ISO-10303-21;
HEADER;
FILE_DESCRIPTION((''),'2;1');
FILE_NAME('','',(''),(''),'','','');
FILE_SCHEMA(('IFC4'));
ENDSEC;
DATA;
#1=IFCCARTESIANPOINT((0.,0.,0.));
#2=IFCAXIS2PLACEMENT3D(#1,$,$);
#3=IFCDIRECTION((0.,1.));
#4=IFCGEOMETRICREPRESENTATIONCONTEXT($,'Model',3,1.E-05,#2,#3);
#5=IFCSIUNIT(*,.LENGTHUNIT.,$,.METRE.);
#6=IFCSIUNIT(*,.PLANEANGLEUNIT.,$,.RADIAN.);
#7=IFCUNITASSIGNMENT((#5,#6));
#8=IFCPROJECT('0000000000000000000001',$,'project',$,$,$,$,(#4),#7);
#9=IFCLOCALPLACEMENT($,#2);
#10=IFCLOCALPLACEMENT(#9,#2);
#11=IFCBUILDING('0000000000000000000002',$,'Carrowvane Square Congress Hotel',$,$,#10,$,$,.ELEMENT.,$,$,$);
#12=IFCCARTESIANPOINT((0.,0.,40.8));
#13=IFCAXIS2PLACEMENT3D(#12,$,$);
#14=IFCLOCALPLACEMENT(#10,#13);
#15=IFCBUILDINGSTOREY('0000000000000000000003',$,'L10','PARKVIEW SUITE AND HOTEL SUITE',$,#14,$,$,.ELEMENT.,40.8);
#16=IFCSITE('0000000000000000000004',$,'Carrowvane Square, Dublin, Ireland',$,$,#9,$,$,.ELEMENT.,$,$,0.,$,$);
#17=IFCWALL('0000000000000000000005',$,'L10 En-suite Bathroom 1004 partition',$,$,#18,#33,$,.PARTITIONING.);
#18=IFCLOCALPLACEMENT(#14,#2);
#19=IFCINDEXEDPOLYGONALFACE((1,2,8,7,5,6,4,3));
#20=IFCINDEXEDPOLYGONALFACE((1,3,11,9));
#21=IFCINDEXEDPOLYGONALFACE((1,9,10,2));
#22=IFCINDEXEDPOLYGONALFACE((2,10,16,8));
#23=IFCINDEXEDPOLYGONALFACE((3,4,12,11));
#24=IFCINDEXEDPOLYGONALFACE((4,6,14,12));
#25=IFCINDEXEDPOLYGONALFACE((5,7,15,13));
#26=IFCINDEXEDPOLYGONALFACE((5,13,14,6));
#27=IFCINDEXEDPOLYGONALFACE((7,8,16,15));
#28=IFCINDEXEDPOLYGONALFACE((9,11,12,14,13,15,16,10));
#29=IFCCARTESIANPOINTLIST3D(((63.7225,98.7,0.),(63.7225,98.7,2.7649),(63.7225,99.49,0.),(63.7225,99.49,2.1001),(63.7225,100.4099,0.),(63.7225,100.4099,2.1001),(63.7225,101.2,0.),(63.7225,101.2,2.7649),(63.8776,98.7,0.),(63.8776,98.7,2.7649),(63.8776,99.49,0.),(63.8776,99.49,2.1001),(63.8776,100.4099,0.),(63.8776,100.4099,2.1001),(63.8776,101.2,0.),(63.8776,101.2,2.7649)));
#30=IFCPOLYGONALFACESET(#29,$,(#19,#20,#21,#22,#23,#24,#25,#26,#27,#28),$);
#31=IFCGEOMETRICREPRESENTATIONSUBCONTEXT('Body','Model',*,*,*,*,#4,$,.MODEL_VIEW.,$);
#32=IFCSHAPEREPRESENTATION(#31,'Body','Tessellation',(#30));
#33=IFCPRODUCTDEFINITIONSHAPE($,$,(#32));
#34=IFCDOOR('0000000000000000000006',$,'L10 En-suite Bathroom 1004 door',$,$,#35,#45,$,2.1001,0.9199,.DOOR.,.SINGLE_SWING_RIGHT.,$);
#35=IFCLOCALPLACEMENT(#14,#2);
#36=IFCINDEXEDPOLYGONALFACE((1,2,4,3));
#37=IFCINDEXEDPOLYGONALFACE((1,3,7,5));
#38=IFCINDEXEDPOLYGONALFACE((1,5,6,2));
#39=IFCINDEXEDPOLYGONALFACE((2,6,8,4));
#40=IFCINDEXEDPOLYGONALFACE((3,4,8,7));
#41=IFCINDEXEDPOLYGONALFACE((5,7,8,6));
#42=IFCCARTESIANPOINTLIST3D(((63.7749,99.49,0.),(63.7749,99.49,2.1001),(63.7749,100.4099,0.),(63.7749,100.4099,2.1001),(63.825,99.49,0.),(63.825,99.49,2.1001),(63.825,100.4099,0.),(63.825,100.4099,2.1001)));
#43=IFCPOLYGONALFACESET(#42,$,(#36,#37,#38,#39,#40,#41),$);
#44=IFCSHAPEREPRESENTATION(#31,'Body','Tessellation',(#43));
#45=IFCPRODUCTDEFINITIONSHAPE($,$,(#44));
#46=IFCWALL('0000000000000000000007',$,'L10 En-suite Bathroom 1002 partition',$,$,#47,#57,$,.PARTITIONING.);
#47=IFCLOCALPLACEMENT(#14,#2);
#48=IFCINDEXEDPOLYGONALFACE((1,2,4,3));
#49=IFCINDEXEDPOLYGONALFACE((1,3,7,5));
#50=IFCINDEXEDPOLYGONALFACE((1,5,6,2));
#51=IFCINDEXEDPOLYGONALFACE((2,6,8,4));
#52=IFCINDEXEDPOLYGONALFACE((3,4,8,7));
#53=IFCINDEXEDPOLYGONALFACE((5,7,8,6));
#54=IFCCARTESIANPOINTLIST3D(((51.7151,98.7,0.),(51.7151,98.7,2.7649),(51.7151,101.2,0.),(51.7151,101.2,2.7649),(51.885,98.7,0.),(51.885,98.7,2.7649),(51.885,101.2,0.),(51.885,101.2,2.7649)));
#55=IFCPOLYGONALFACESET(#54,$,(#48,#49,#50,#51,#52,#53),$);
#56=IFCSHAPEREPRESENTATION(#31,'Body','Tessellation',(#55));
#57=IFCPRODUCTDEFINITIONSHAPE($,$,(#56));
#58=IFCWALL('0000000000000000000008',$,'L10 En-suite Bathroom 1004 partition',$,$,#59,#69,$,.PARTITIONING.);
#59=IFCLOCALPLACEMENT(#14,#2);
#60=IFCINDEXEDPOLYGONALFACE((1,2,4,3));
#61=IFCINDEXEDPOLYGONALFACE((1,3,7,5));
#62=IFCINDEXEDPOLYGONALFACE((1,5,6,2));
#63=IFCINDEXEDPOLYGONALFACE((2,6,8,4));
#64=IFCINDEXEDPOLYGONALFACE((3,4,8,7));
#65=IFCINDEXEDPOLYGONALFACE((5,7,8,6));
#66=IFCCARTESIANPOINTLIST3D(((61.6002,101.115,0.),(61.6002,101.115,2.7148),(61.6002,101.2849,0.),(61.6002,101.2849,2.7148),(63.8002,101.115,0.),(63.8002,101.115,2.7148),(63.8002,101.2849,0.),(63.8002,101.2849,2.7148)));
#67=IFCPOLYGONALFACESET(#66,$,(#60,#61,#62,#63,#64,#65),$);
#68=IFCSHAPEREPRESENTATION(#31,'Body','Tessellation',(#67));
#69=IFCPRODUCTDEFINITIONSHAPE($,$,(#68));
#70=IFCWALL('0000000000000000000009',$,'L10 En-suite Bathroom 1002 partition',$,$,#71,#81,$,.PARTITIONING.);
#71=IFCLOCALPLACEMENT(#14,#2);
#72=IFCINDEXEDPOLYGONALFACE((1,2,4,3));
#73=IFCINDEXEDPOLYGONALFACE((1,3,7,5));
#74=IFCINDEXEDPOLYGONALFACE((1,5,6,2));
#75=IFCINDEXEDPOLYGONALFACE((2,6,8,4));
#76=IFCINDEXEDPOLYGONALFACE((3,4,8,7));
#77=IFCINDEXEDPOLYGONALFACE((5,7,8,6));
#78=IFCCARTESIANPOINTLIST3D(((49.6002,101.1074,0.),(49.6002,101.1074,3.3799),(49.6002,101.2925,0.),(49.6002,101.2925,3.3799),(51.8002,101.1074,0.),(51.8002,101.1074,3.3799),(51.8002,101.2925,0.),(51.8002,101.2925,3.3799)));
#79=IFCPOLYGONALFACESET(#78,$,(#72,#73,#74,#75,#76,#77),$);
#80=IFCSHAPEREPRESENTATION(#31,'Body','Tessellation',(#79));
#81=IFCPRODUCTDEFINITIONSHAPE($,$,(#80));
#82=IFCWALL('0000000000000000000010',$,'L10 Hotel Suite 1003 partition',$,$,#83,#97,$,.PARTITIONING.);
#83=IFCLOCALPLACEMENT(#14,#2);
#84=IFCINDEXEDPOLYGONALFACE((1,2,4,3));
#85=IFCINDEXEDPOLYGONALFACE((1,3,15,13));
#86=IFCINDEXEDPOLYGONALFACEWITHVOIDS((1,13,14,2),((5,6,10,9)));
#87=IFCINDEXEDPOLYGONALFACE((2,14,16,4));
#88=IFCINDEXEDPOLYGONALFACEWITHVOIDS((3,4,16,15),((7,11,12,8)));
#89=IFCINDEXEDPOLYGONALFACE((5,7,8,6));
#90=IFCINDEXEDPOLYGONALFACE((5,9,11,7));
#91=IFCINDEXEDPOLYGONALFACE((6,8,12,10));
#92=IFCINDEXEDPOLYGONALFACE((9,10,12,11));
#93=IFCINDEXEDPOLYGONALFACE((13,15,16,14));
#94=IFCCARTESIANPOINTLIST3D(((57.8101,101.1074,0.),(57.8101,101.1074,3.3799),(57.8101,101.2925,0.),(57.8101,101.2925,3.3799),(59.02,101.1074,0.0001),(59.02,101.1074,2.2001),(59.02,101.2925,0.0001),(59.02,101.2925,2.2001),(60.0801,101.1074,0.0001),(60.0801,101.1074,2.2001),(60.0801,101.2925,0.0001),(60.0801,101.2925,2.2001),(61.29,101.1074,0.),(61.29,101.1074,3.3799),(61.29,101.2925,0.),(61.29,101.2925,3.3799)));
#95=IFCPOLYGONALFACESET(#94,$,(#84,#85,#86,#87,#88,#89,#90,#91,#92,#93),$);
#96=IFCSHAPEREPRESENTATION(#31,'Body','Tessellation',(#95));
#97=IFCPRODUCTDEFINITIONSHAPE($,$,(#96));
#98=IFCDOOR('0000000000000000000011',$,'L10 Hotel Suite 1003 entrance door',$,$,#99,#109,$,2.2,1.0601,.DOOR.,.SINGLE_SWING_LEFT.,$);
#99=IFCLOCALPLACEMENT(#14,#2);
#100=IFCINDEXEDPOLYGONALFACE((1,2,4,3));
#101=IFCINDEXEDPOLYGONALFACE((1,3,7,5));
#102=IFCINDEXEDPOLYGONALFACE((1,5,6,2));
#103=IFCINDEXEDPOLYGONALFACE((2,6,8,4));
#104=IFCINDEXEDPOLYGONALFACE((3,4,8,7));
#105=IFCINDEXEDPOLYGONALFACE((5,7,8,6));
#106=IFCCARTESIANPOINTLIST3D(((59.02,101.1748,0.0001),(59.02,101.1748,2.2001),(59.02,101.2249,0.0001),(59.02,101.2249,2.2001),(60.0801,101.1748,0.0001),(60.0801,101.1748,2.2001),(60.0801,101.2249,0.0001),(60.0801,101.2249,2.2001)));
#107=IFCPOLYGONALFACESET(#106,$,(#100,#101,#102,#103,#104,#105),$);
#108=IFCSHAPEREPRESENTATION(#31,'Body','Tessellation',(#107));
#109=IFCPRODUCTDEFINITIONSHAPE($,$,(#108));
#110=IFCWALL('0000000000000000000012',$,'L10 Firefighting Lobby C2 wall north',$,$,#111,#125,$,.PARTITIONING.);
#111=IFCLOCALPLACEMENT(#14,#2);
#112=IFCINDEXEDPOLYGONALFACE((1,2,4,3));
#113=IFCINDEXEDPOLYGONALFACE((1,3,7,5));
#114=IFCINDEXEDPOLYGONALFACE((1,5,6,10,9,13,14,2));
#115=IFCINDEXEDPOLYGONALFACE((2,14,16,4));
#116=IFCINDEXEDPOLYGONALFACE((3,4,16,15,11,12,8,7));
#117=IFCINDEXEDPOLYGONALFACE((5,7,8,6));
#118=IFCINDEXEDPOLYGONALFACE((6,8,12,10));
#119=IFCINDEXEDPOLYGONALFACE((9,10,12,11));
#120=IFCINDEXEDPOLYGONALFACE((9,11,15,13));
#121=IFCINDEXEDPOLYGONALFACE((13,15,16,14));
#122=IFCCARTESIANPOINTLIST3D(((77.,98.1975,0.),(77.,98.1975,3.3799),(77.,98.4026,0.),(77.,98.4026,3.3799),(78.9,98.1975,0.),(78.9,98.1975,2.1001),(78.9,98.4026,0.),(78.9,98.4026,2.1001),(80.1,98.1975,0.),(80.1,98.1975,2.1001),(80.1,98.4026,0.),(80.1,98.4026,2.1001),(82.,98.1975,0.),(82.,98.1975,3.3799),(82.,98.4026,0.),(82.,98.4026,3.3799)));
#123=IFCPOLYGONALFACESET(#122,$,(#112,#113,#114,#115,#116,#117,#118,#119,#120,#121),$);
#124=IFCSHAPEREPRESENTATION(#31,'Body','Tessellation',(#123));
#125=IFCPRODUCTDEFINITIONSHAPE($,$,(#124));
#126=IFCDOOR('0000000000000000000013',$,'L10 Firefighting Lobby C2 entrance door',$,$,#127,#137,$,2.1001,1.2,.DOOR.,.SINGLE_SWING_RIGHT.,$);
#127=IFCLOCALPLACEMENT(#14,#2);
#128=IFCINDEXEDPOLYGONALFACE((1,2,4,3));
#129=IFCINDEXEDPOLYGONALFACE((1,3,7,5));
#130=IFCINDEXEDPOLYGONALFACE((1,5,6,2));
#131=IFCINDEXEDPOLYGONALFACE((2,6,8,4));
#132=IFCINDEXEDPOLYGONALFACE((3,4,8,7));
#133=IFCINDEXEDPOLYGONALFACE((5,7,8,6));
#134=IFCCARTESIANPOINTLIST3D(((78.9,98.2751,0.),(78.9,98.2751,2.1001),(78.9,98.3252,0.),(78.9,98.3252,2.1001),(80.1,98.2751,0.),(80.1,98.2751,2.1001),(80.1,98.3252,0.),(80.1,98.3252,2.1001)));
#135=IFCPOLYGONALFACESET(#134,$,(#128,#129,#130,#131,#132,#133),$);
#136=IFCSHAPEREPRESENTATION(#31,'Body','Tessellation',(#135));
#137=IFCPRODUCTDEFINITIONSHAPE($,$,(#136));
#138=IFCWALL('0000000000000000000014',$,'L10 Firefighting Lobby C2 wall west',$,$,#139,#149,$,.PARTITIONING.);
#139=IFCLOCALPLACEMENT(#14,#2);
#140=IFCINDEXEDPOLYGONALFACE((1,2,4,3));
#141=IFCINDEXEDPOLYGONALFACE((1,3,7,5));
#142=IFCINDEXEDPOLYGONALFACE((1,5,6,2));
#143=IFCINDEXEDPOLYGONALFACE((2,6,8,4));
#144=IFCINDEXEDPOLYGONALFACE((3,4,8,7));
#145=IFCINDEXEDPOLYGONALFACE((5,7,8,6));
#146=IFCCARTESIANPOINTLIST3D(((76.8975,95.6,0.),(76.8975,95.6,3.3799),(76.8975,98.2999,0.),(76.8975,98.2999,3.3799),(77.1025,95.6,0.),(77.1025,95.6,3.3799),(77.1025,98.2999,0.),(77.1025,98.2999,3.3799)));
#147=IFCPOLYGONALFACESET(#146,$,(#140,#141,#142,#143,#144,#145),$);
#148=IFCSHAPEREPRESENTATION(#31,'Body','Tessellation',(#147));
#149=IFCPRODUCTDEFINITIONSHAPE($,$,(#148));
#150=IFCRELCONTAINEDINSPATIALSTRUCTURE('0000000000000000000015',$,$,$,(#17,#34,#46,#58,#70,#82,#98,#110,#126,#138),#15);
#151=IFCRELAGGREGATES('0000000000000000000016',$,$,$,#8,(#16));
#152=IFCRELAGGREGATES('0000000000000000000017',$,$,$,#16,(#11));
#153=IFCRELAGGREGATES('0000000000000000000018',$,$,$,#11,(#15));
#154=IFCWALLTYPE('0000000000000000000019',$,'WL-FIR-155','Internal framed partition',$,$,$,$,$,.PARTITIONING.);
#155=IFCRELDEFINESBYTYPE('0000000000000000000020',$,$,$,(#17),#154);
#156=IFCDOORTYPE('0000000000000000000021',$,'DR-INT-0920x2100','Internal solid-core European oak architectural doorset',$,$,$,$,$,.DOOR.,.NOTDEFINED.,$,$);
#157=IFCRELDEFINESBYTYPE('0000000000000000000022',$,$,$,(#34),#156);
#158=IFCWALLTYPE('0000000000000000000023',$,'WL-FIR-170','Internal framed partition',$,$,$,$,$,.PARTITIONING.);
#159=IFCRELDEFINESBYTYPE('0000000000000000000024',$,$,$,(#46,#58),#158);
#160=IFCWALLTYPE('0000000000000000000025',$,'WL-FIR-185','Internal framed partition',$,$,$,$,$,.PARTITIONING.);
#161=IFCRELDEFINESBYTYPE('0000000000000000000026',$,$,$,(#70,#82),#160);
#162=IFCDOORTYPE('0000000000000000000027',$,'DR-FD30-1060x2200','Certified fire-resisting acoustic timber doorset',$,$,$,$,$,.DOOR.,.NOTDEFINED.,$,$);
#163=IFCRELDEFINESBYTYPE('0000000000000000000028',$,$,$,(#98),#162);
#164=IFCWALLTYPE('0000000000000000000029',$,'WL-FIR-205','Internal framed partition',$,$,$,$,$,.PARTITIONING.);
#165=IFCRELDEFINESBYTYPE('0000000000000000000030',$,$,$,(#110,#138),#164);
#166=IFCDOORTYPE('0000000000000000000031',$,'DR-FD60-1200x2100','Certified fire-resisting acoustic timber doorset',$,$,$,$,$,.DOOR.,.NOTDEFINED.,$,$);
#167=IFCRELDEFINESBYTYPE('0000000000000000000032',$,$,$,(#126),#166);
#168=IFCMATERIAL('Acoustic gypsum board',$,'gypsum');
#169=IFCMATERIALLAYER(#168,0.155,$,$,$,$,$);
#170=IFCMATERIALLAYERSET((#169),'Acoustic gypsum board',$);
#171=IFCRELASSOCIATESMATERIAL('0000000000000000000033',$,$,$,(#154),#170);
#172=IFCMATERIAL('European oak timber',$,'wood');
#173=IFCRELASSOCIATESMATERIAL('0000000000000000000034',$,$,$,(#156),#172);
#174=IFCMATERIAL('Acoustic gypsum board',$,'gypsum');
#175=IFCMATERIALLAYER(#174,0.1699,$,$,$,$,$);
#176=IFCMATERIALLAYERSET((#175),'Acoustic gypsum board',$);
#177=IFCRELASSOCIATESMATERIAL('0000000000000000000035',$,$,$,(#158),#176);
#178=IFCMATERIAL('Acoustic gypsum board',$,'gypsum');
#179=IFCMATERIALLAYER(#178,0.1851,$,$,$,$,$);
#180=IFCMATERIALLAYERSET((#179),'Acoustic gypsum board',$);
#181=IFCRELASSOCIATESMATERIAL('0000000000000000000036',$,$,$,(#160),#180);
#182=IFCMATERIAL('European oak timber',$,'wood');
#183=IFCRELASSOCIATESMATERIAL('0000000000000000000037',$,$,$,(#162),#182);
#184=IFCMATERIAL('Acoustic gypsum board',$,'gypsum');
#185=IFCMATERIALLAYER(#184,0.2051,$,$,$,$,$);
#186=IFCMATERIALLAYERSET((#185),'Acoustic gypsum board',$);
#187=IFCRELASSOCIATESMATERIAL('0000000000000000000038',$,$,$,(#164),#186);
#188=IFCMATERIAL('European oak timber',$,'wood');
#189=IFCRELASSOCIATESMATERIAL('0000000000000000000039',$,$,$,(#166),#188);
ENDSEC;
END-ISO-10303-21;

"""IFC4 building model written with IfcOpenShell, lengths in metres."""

from ifc_helpers import new_model, si_unit, direction, frame, frame_2d, origin, place, context, subcontext, project, spatial, rectangle, extrude, material, layer, layer_set, type_object, element, fill, save


model = new_model("IFC4")

# Units and contexts
model_context = context("Model", 3, precision=1e-05, world=origin(), true_north=direction((0.0, 1.0)))
body_context = subcontext(model_context, "Body", "Model", "MODEL_VIEW")
ifc_project = project(units=[si_unit("LENGTHUNIT", "METRE"), si_unit("PLANEANGLEUNIT", "RADIAN")], contexts=[model_context])

# Site, building, storey
site_placement = place(None, origin())
site = spatial("IfcSite", under=ifc_project, at=site_placement, Name="Carrowvane Square, Dublin, Ireland", CompositionType="ELEMENT", RefElevation=0.0)
building_placement = place(site_placement, origin())
building = spatial("IfcBuilding", under=site, at=building_placement, Name="Carrowvane Square Congress Hotel", CompositionType="ELEMENT")
storey_placement = place(building_placement, frame((0.0, 0.0, 40.8)))
storey = spatial("IfcBuildingStorey", under=building, at=storey_placement, Name="L10", Description="PARKVIEW SUITE AND HOTEL SUITE", CompositionType="ELEMENT", Elevation=40.8)

# Wall, opening, door
ifc_material_1 = material(Name="Acoustic gypsum board", Category="gypsum")
ifc_layer_1 = layer(ifc_material_1, 0.155)
ifc_layer_set_1 = layer_set([ifc_layer_1], Name="Acoustic gypsum board")
wall_type_1 = type_object("IfcWallType", Name="WL-FIR-155", Description="Internal framed partition", PredefinedType="PARTITIONING", material=ifc_layer_set_1)
wall_1_placement = place(storey_placement, frame((63.8, 101.2, 0.0), z_axis=(0.0, 0.0, 1.0), x_axis=(0.0, -1.0, 0.0)))
wall_1 = element("IfcWall", 1, at=wall_1_placement, inside=storey, type_object=wall_type_1, Name="L10 En-suite Bathroom 1004 partition", PredefinedType="PARTITIONING", context=body_context, shape_type="SweptSolid", body=[
    extrude(rectangle(XDim=2.5, YDim=0.155, at=frame_2d((1.25, 0.0))), origin(), (0.0, 0.0, 1.0), 2.7649),
])
opening_1_placement = place(wall_1_placement, frame((0.79, 0.0, 0.0)))
opening_1 = element("IfcOpeningElement", 2, at=opening_1_placement, cuts=wall_1, PredefinedType="OPENING", context=body_context, shape_type="SweptSolid", body=[
    extrude(rectangle(XDim=0.9199, YDim=2.1001, at=frame_2d((0.46, 1.05))), frame((0.0, 0.0874, 0.0), z_axis=(0.0, -1.0, 0.0), x_axis=(1.0, 0.0, 0.0)), (0.0, 0.0, 1.0), 0.175),
])
ifc_material_2 = material(Name="European oak timber", Category="wood")
door_type_1 = type_object("IfcDoorType", Name="DR-INT-0920x2100", Description="Internal solid-core European oak architectural doorset", OperationType="NOTDEFINED", PredefinedType="DOOR", material=ifc_material_2)
door_1_placement = place(opening_1_placement, origin())
door_1 = element("IfcDoor", 3, at=door_1_placement, inside=storey, type_object=door_type_1, Name="L10 En-suite Bathroom 1004 door", OperationType="SINGLE_SWING_RIGHT", OverallHeight=2.1001, OverallWidth=0.9199, PredefinedType="DOOR", context=body_context, shape_type="SweptSolid", body=[
    extrude(rectangle(XDim=0.9199, YDim=2.1001, at=frame_2d((0.46, 1.05))), frame((0.0, 0.0249, 0.0), z_axis=(0.0, -1.0, 0.0), x_axis=(1.0, 0.0, 0.0)), (0.0, 0.0, 1.0), 0.05),
])
fill(opening_1, door_1)

# Walls
ifc_material_3 = material(Name="Acoustic gypsum board", Category="gypsum")
ifc_layer_2 = layer(ifc_material_3, 0.1699)
ifc_layer_set_2 = layer_set([ifc_layer_2], Name="Acoustic gypsum board")
wall_type_2 = type_object("IfcWallType", Name="WL-FIR-170", Description="Internal framed partition", PredefinedType="PARTITIONING", material=ifc_layer_set_2)
wall_2_placement = place(storey_placement, frame((51.8, 101.2, 0.0), z_axis=(0.0, 0.0, 1.0), x_axis=(0.0, -1.0, 0.0)))
element("IfcWall", 4, at=wall_2_placement, inside=storey, type_object=wall_type_2, Name="L10 En-suite Bathroom 1002 partition", PredefinedType="PARTITIONING", context=body_context, shape_type="SweptSolid", body=[
    extrude(rectangle(XDim=2.5, YDim=0.1699, at=frame_2d((1.25, 0.0))), origin(), (0.0, 0.0, 1.0), 2.7649),
])
wall_3_placement = place(storey_placement, frame((61.6001, 101.2, 0.0), z_axis=(0.0, 0.0, 1.0), x_axis=(1.0, 0.0, 0.0)))
element("IfcWall", 5, at=wall_3_placement, inside=storey, type_object=wall_type_2, Name="L10 En-suite Bathroom 1004 partition", PredefinedType="PARTITIONING", context=body_context, shape_type="SweptSolid", body=[
    extrude(rectangle(XDim=2.2, YDim=0.1699, at=frame_2d((1.1001, 0.0))), origin(), (0.0, 0.0, 1.0), 2.7148),
])
ifc_material_4 = material(Name="Acoustic gypsum board", Category="gypsum")
ifc_layer_3 = layer(ifc_material_4, 0.1851)
ifc_layer_set_3 = layer_set([ifc_layer_3], Name="Acoustic gypsum board")
wall_type_3 = type_object("IfcWallType", Name="WL-FIR-185", Description="Internal framed partition", PredefinedType="PARTITIONING", material=ifc_layer_set_3)
wall_4_placement = place(storey_placement, frame((49.6001, 101.2, 0.0), z_axis=(0.0, 0.0, 1.0), x_axis=(1.0, 0.0, 0.0)))
element("IfcWall", 6, at=wall_4_placement, inside=storey, type_object=wall_type_3, Name="L10 En-suite Bathroom 1002 partition", PredefinedType="PARTITIONING", context=body_context, shape_type="SweptSolid", body=[
    extrude(rectangle(XDim=2.2, YDim=0.1851, at=frame_2d((1.1001, 0.0))), origin(), (0.0, 0.0, 1.0), 3.3799),
])

# Walls, openings, doors
wall_5_placement = place(storey_placement, frame((57.8101, 101.2, 0.0), z_axis=(0.0, 0.0, 1.0), x_axis=(1.0, 0.0, 0.0)))
wall_5 = element("IfcWall", 7, at=wall_5_placement, inside=storey, type_object=wall_type_3, Name="L10 Hotel Suite 1003 partition", PredefinedType="PARTITIONING", context=body_context, shape_type="SweptSolid", body=[
    extrude(rectangle(XDim=3.48, YDim=0.1851, at=frame_2d((1.74, 0.0))), origin(), (0.0, 0.0, 1.0), 3.3799),
])
opening_2_placement = place(wall_5_placement, frame((1.21, 0.0, 0.0)))
opening_2 = element("IfcOpeningElement", 8, at=opening_2_placement, cuts=wall_5, PredefinedType="OPENING", context=body_context, shape_type="SweptSolid", body=[
    extrude(rectangle(XDim=1.0601, YDim=2.2, at=frame_2d((0.53, 1.1001))), frame((0.0, 0.1025, 0.0), z_axis=(0.0, -1.0, 0.0), x_axis=(1.0, 0.0, 0.0)), (0.0, 0.0, 1.0), 0.2051),
])
ifc_material_5 = material(Name="European oak timber", Category="wood")
door_type_2 = type_object("IfcDoorType", Name="DR-FD30-1060x2200", Description="Certified fire-resisting acoustic timber doorset", OperationType="NOTDEFINED", PredefinedType="DOOR", material=ifc_material_5)
door_2_placement = place(opening_2_placement, origin())
door_2 = element("IfcDoor", 9, at=door_2_placement, inside=storey, type_object=door_type_2, Name="L10 Hotel Suite 1003 entrance door", OperationType="SINGLE_SWING_LEFT", OverallHeight=2.2, OverallWidth=1.0601, PredefinedType="DOOR", context=body_context, shape_type="SweptSolid", body=[
    extrude(rectangle(XDim=1.0601, YDim=2.2, at=frame_2d((0.53, 1.1001))), frame((0.0, 0.0249, 0.0), z_axis=(0.0, -1.0, 0.0), x_axis=(1.0, 0.0, 0.0)), (0.0, 0.0, 1.0), 0.05),
])
fill(opening_2, door_2)
ifc_material_6 = material(Name="Acoustic gypsum board", Category="gypsum")
ifc_layer_4 = layer(ifc_material_6, 0.2051)
ifc_layer_set_4 = layer_set([ifc_layer_4], Name="Acoustic gypsum board")
wall_type_4 = type_object("IfcWallType", Name="WL-FIR-205", Description="Internal framed partition", PredefinedType="PARTITIONING", material=ifc_layer_set_4)
wall_6_placement = place(storey_placement, frame((82.0, 98.3, 0.0), z_axis=(0.0, 0.0, 1.0), x_axis=(-1.0, 0.0, 0.0)))
wall_6 = element("IfcWall", 10, at=wall_6_placement, inside=storey, type_object=wall_type_4, Name="L10 Firefighting Lobby C2 wall north", PredefinedType="PARTITIONING", context=body_context, shape_type="SweptSolid", body=[
    extrude(rectangle(XDim=5.0, YDim=0.2051, at=frame_2d((2.5, 0.0))), origin(), (0.0, 0.0, 1.0), 3.3799),
])
opening_3_placement = place(wall_6_placement, frame((1.8999, 0.0, 0.0)))
opening_3 = element("IfcOpeningElement", 11, at=opening_3_placement, cuts=wall_6, PredefinedType="OPENING", context=body_context, shape_type="SweptSolid", body=[
    extrude(rectangle(XDim=1.2, YDim=2.1001, at=frame_2d((0.6001, 1.05))), frame((0.0, 0.1125, 0.0), z_axis=(0.0, -1.0, 0.0), x_axis=(1.0, 0.0, 0.0)), (0.0, 0.0, 1.0), 0.2251),
])
ifc_material_7 = material(Name="European oak timber", Category="wood")
door_type_3 = type_object("IfcDoorType", Name="DR-FD60-1200x2100", Description="Certified fire-resisting acoustic timber doorset", OperationType="NOTDEFINED", PredefinedType="DOOR", material=ifc_material_7)
door_3_placement = place(opening_3_placement, origin())
door_3 = element("IfcDoor", 12, at=door_3_placement, inside=storey, type_object=door_type_3, Name="L10 Firefighting Lobby C2 entrance door", OperationType="SINGLE_SWING_RIGHT", OverallHeight=2.1001, OverallWidth=1.2, PredefinedType="DOOR", context=body_context, shape_type="SweptSolid", body=[
    extrude(rectangle(XDim=1.2, YDim=2.1001, at=frame_2d((0.6001, 1.05))), frame((0.0, 0.0249, 0.0), z_axis=(0.0, -1.0, 0.0), x_axis=(1.0, 0.0, 0.0)), (0.0, 0.0, 1.0), 0.05),
])
fill(opening_3, door_3)

# Wall
wall_7_placement = place(storey_placement, frame((77.0, 98.3, 0.0), z_axis=(0.0, 0.0, 1.0), x_axis=(0.0, -1.0, 0.0)))
element("IfcWall", 13, at=wall_7_placement, inside=storey, type_object=wall_type_4, Name="L10 Firefighting Lobby C2 wall west", PredefinedType="PARTITIONING", context=body_context, shape_type="SweptSolid", body=[
    extrude(rectangle(XDim=2.7, YDim=0.2051, at=frame_2d((1.3501, 0.0))), origin(), (0.0, 0.0, 1.0), 3.3799),
])

save(model, "model.ifc")
